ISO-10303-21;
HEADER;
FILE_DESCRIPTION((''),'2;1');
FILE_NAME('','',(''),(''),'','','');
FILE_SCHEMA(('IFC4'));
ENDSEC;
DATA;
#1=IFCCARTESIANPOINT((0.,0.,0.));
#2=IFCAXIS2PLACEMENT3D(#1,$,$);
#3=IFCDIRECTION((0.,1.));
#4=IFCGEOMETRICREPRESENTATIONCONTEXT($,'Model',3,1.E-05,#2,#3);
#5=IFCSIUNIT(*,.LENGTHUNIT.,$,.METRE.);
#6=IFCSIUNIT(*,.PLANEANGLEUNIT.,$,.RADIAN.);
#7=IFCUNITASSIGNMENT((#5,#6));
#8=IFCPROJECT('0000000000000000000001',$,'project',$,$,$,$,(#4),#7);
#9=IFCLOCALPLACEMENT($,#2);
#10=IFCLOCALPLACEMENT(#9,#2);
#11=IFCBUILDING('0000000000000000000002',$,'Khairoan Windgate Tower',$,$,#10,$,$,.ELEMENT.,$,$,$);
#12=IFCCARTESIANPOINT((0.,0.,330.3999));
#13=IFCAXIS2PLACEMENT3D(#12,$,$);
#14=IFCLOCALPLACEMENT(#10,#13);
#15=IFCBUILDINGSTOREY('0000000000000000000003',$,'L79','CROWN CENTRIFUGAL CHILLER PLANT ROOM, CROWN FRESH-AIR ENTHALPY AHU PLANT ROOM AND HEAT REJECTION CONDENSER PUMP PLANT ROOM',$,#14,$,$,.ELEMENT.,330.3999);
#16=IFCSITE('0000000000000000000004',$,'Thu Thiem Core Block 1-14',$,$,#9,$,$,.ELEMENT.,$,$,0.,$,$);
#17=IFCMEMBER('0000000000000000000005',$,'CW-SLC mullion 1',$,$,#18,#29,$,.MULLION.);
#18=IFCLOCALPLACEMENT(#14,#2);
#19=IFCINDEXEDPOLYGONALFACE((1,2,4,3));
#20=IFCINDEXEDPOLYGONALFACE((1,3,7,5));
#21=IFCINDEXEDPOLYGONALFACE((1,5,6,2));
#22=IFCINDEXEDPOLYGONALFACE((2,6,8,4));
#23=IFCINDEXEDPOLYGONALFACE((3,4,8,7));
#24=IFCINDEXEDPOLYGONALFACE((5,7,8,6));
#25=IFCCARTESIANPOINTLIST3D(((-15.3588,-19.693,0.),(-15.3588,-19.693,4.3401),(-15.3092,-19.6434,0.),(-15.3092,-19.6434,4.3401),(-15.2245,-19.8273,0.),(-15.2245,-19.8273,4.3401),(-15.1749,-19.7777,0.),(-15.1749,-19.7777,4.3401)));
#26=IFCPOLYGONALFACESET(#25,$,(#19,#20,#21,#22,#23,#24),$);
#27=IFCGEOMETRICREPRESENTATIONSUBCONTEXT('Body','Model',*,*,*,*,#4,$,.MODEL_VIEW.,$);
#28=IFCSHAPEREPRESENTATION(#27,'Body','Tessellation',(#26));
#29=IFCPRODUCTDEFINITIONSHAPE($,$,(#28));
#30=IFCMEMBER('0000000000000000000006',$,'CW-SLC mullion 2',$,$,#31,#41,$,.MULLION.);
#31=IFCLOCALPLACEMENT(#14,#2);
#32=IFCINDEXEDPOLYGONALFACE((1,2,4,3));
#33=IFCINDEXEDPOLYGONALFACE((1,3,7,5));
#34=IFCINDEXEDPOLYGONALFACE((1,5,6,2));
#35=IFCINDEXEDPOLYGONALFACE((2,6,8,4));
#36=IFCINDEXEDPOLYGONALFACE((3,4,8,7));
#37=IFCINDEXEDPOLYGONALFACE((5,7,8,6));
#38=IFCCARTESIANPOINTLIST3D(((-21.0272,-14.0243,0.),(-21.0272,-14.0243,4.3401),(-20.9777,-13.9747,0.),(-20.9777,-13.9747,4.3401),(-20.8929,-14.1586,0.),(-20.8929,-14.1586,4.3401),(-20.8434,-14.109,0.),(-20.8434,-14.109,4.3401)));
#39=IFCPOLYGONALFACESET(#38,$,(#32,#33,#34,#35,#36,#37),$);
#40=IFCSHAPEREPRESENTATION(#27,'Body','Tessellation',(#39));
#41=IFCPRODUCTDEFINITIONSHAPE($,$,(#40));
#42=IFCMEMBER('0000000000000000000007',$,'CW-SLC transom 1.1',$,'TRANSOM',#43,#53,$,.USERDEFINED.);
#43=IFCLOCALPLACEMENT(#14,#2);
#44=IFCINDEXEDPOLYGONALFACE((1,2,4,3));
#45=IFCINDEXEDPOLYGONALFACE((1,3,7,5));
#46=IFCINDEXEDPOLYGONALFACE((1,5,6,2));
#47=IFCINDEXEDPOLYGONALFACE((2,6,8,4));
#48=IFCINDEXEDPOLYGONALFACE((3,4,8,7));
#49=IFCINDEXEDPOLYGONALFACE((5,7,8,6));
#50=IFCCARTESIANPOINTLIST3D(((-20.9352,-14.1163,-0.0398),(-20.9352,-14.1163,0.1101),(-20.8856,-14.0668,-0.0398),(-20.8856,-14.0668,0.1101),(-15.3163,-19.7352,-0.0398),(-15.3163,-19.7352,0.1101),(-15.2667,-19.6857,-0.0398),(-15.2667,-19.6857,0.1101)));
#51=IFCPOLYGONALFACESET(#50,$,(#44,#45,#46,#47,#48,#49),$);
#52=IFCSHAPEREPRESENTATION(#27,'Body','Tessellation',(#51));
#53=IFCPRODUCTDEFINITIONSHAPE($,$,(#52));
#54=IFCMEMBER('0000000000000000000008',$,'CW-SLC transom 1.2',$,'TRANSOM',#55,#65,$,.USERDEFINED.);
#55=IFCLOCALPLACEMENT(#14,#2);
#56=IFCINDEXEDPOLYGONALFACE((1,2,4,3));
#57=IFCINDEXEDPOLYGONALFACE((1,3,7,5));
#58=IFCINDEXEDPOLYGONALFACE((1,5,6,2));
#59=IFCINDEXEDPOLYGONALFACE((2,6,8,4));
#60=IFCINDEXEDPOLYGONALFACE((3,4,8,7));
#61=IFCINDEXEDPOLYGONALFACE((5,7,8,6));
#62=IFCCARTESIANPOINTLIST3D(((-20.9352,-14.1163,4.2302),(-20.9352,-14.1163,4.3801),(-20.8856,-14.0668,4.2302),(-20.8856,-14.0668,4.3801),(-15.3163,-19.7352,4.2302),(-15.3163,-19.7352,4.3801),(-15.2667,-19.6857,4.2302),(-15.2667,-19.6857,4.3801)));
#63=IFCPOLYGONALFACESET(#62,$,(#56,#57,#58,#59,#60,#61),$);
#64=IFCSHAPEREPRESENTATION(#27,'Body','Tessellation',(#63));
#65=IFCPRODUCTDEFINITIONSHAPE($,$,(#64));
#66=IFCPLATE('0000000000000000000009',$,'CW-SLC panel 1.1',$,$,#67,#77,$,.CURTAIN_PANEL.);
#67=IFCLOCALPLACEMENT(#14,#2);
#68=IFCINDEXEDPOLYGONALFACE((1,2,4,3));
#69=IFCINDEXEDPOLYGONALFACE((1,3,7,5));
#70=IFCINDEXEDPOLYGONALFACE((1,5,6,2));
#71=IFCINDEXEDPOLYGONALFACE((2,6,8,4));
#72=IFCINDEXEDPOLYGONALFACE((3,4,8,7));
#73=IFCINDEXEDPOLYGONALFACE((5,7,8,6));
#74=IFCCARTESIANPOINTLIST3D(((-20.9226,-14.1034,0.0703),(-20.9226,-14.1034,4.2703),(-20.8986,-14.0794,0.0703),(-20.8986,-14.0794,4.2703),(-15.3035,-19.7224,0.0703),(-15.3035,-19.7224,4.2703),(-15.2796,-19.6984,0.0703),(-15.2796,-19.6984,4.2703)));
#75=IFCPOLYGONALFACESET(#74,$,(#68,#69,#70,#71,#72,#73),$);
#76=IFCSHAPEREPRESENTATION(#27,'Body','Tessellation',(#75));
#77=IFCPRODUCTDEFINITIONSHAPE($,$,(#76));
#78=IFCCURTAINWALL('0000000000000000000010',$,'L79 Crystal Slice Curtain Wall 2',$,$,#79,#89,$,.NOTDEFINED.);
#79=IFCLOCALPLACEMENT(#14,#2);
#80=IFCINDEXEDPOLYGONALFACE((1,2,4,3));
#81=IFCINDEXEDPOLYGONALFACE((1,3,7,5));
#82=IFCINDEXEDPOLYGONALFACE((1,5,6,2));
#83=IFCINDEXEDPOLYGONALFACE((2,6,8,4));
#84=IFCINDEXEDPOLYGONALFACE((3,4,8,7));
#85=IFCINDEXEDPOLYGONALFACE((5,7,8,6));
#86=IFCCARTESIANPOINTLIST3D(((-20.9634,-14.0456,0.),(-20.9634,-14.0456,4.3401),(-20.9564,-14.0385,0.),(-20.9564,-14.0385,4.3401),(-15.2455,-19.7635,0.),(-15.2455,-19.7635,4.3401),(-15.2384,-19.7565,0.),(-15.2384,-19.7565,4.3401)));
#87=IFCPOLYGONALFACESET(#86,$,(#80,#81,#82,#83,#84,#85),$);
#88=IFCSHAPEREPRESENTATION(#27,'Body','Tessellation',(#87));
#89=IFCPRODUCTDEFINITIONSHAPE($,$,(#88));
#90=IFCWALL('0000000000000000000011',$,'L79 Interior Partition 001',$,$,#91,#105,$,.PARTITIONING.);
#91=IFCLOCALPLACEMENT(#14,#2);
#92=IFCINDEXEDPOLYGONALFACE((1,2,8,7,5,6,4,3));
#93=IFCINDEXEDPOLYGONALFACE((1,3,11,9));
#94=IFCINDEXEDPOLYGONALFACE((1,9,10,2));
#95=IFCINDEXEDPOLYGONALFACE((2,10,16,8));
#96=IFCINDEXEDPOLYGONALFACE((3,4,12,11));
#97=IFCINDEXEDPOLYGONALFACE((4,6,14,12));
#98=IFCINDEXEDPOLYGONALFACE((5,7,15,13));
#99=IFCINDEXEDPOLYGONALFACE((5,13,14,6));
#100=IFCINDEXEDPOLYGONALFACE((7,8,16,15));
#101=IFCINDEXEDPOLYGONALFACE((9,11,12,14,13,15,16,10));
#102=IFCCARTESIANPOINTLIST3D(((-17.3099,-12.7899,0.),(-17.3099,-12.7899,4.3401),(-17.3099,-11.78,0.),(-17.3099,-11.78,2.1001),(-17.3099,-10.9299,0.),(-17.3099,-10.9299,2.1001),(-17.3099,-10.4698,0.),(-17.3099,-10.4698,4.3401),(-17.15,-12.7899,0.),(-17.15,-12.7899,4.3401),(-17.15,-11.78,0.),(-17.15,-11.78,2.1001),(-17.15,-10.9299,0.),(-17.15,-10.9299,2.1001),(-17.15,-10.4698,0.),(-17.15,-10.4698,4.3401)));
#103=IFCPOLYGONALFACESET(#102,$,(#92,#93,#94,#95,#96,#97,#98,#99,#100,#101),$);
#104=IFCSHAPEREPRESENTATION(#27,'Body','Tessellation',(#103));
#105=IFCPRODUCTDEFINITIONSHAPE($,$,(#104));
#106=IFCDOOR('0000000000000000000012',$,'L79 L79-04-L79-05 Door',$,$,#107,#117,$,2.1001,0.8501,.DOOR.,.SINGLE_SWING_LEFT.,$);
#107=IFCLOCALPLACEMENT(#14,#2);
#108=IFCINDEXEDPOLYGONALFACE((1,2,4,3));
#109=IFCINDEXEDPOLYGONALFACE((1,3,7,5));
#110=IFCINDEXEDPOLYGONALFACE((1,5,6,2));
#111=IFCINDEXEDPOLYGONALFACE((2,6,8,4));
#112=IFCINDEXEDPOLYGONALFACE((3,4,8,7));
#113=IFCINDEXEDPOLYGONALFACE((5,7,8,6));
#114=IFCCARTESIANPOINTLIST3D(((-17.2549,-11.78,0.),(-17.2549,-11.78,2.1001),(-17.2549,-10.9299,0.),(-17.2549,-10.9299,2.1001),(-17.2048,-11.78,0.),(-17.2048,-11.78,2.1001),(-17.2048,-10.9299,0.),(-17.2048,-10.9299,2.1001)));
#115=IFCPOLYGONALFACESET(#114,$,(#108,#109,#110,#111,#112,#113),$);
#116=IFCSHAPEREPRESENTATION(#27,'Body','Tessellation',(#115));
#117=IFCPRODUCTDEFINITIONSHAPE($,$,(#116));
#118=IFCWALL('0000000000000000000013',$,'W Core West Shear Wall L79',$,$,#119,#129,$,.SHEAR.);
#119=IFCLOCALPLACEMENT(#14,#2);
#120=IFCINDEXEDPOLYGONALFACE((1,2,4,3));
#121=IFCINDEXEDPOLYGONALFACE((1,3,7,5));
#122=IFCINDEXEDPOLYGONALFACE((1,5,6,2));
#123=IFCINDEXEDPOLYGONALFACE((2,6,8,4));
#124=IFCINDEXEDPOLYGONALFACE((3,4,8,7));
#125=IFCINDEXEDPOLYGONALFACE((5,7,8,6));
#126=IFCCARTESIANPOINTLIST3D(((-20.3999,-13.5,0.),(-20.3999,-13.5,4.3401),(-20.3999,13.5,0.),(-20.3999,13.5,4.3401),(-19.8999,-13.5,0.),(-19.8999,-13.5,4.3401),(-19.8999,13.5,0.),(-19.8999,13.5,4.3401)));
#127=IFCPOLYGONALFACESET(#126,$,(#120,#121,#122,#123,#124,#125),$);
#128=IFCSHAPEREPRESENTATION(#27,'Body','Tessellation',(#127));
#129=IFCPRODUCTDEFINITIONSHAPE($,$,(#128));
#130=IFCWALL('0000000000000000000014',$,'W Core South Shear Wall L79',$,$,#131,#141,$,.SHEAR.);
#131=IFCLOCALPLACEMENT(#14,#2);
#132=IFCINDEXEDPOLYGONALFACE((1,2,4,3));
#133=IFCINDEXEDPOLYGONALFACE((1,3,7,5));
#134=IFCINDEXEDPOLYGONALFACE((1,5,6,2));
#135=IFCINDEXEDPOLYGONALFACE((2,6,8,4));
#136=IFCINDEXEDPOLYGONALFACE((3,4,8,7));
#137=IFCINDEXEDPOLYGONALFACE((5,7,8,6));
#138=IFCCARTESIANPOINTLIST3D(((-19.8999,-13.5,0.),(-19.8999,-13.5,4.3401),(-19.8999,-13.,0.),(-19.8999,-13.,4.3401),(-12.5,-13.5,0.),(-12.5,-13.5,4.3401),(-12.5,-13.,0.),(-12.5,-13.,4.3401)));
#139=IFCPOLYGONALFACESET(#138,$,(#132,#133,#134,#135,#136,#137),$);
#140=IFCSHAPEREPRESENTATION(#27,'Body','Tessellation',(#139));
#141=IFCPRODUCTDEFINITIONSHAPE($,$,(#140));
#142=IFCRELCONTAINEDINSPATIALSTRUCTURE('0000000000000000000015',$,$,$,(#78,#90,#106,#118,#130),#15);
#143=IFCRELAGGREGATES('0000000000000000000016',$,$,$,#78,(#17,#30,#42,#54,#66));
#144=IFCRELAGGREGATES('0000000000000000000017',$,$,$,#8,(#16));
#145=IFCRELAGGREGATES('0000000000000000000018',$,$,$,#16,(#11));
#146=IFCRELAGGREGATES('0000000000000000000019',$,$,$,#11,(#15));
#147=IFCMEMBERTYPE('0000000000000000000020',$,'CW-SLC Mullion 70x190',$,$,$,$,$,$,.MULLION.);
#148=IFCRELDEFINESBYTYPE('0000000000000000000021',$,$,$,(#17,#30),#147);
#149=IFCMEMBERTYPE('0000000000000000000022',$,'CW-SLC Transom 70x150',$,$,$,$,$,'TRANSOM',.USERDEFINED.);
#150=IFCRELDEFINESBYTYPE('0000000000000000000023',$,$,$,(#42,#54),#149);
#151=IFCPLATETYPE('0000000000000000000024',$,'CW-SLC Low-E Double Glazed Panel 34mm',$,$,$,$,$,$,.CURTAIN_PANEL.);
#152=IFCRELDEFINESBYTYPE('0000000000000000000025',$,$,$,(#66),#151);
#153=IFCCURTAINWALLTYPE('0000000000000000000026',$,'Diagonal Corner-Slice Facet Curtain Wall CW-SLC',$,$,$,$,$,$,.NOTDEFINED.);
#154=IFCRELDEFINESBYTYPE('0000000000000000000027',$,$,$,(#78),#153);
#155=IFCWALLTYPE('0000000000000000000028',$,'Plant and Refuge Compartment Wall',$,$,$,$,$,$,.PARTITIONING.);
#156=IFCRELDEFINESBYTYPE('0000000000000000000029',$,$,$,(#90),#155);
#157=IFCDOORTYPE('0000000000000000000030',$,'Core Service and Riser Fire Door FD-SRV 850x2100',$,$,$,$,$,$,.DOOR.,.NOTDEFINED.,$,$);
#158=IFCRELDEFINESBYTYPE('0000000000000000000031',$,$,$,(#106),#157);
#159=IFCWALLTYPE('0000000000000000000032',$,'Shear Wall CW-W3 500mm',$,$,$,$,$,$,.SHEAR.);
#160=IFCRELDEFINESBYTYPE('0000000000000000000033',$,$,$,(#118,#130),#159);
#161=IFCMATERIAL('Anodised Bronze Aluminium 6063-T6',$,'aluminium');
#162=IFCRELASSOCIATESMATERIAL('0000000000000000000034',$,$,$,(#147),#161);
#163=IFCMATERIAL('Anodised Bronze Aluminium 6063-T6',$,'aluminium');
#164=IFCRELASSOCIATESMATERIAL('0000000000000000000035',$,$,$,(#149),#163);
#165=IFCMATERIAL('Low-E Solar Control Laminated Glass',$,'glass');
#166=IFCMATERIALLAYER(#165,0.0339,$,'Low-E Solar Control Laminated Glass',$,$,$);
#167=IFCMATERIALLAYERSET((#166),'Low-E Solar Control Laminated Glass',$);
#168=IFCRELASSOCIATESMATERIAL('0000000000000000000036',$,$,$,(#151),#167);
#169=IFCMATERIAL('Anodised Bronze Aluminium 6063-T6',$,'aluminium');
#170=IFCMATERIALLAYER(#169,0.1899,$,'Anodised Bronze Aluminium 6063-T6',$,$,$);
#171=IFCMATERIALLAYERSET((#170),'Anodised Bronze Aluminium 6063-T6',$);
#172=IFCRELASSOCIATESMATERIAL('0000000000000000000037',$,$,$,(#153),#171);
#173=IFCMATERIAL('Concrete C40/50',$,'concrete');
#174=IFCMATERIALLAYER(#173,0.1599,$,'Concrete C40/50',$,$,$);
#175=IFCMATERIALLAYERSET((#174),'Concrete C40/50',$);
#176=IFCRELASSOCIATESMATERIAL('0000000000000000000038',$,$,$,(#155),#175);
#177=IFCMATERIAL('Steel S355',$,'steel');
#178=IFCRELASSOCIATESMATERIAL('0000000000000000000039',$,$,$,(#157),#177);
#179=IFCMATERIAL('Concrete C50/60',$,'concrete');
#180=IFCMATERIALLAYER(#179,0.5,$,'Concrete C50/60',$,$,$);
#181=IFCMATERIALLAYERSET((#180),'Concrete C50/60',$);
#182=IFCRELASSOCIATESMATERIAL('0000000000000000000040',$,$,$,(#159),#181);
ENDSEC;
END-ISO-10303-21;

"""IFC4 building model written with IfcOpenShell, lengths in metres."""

from ifc_helpers import new_model, si_unit, direction, frame, frame_2d, origin, origin_2d, place, context, subcontext, project, spatial, rectangle, extrude, material, layer, layer_set, material_profile, profile_set, type_object, element, fill, aggregate, save


model = new_model("IFC4")

# Units and contexts
model_context = context("Model", 3, precision=1e-05, world=origin(), true_north=direction((0.0, 1.0)))
body_context = subcontext(model_context, "Body", "Model", "MODEL_VIEW")
ifc_project = project(units=[si_unit("LENGTHUNIT", "METRE"), si_unit("PLANEANGLEUNIT", "RADIAN")], contexts=[model_context])

# Site, building, storey
site_placement = place(None, origin())
site = spatial("IfcSite", under=ifc_project, at=site_placement, Name="Thu Thiem Core Block 1-14", CompositionType="ELEMENT", RefElevation=0.0)
building_placement = place(site_placement, origin())
building = spatial("IfcBuilding", under=site, at=building_placement, Name="Khairoan Windgate Tower", CompositionType="ELEMENT")
storey_placement = place(building_placement, frame((0.0, 0.0, 330.3999)))
storey = spatial("IfcBuildingStorey", under=building, at=storey_placement, Name="L79", Description="CROWN CENTRIFUGAL CHILLER PLANT ROOM, CROWN FRESH-AIR ENTHALPY AHU PLANT ROOM AND HEAT REJECTION CONDENSER PUMP PLANT ROOM", CompositionType="ELEMENT", Elevation=330.3999)

# Members
ifc_material_1 = material(Name="Anodised Bronze Aluminium 6063-T6", Category="aluminium")
ifc_material_profile_1 = material_profile(ifc_material_1, rectangle(XDim=0.0701, YDim=0.1899, at=origin_2d()))
ifc_profile_set_1 = profile_set([ifc_material_profile_1], Name="Anodised Bronze Aluminium 6063-T6")
member_type_1 = type_object("IfcMemberType", Name="CW-SLC Mullion 70x190", PredefinedType="MULLION", material=ifc_profile_set_1)
member_1_placement = place(storey_placement, frame((-15.2668, -19.7354, 0.0), z_axis=(0.0, 0.0, 1.0), x_axis=(-0.707107, -0.707107, 0.0)))
member_1 = element("IfcMember", 1, at=member_1_placement, type_object=member_type_1, Name="CW-SLC mullion 1", PredefinedType="MULLION", context=body_context, shape_type="SweptSolid", body=[
    extrude(rectangle(XDim=0.0701, YDim=0.1899, at=origin_2d()), origin(), (0.0, 0.0, 1.0), 4.3401),
])
member_2_placement = place(storey_placement, frame((-20.9353, -14.0667, 0.0), z_axis=(0.0, 0.0, 1.0), x_axis=(-0.707107, -0.707107, 0.0)))
member_2 = element("IfcMember", 2, at=member_2_placement, type_object=member_type_1, Name="CW-SLC mullion 2", PredefinedType="MULLION", context=body_context, shape_type="SweptSolid", body=[
    extrude(rectangle(XDim=0.0701, YDim=0.1899, at=origin_2d()), origin(), (0.0, 0.0, 1.0), 4.3401),
])
ifc_material_2 = material(Name="Anodised Bronze Aluminium 6063-T6", Category="aluminium")
ifc_material_profile_2 = material_profile(ifc_material_2, rectangle(XDim=0.0701, YDim=0.1499, at=origin_2d()))
ifc_profile_set_2 = profile_set([ifc_material_profile_2], Name="Anodised Bronze Aluminium 6063-T6")
member_type_2 = type_object("IfcMemberType", Name="CW-SLC Transom 70x150", ElementType="TRANSOM", PredefinedType="USERDEFINED", material=ifc_profile_set_2)
member_3_placement = place(storey_placement, frame((-15.2915, -19.7104, 0.0352), z_axis=(-0.707107, 0.707107, 0.0), x_axis=(-0.707107, -0.707107, 0.0)))
member_3 = element("IfcMember", 3, at=member_3_placement, type_object=member_type_2, Name="CW-SLC transom 1.1", ObjectType="TRANSOM", PredefinedType="USERDEFINED", context=body_context, shape_type="SweptSolid", body=[
    extrude(rectangle(XDim=0.0701, YDim=0.1499, at=origin_2d()), origin(), (0.0, 0.0, 1.0), 7.9463),
])
member_4_placement = place(storey_placement, frame((-15.2915, -19.7104, 4.3052), z_axis=(-0.707107, 0.707107, 0.0), x_axis=(-0.707107, -0.707107, 0.0)))
member_4 = element("IfcMember", 4, at=member_4_placement, type_object=member_type_2, Name="CW-SLC transom 1.2", ObjectType="TRANSOM", PredefinedType="USERDEFINED", context=body_context, shape_type="SweptSolid", body=[
    extrude(rectangle(XDim=0.0701, YDim=0.1499, at=origin_2d()), origin(), (0.0, 0.0, 1.0), 7.9463),
])

# Plate
ifc_material_3 = material(Name="Low-E Solar Control Laminated Glass", Category="glass")
ifc_layer_1 = layer(ifc_material_3, 0.0339, Name="Low-E Solar Control Laminated Glass")
ifc_layer_set_1 = layer_set([ifc_layer_1], Name="Low-E Solar Control Laminated Glass")
plate_type_1 = type_object("IfcPlateType", Name="CW-SLC Low-E Double Glazed Panel 34mm", PredefinedType="CURTAIN_PANEL", material=ifc_layer_set_1)
plate_1_placement = place(storey_placement, frame((-18.1011, -16.9009, 0.0703), z_axis=(0.0, 0.0, 1.0), x_axis=(-0.707107, 0.707107, 0.0)))
plate_1 = element("IfcPlate", 5, at=plate_1_placement, type_object=plate_type_1, Name="CW-SLC panel 1.1", PredefinedType="CURTAIN_PANEL", context=body_context, shape_type="SweptSolid", body=[
    extrude(rectangle(XDim=7.9465, YDim=0.0339, at=origin_2d()), origin(), (0.0, 0.0, 1.0), 4.2),
])

# Curtain wall
ifc_material_4 = material(Name="Anodised Bronze Aluminium 6063-T6", Category="aluminium")
ifc_layer_2 = layer(ifc_material_4, 0.1899, Name="Anodised Bronze Aluminium 6063-T6")
ifc_layer_set_2 = layer_set([ifc_layer_2], Name="Anodised Bronze Aluminium 6063-T6")
curtain_wall_type_1 = type_object("IfcCurtainWallType", Name="Diagonal Corner-Slice Facet Curtain Wall CW-SLC", PredefinedType="NOTDEFINED", material=ifc_layer_set_2)
curtain_wall_1_placement = place(storey_placement, frame((-15.2419, -19.76, 0.0), z_axis=(0.0, 0.0, 1.0), x_axis=(-0.707107, 0.707107, 0.0)))
curtain_wall_1 = element("IfcCurtainWall", 6, at=curtain_wall_1_placement, inside=storey, type_object=curtain_wall_type_1, Name="L79 Crystal Slice Curtain Wall 2", PredefinedType="NOTDEFINED", context=body_context, shape_type="SweptSolid", body=[
    extrude(rectangle(XDim=8.0864, YDim=0.01, at=frame_2d((4.0432, 0.0))), origin(), (0.0, 0.0, 1.0), 4.3401),
])
aggregate(curtain_wall_1, [member_1, member_2, member_3, member_4, plate_1])

# Wall, opening, door
ifc_material_5 = material(Name="Concrete C40/50", Category="concrete")
ifc_layer_3 = layer(ifc_material_5, 0.1599, Name="Concrete C40/50")
ifc_layer_set_3 = layer_set([ifc_layer_3], Name="Concrete C40/50")
wall_type_1 = type_object("IfcWallType", Name="Plant and Refuge Compartment Wall", PredefinedType="PARTITIONING", material=ifc_layer_set_3)
wall_1_placement = place(storey_placement, frame((-17.23, -12.79, 0.0), z_axis=(0.0, 0.0, 1.0), x_axis=(0.0, 1.0, 0.0)))
wall_1 = element("IfcWall", 7, at=wall_1_placement, inside=storey, type_object=wall_type_1, Name="L79 Interior Partition 001", PredefinedType="PARTITIONING", context=body_context, shape_type="SweptSolid", body=[
    extrude(rectangle(XDim=2.3201, YDim=0.1599, at=frame_2d((1.1602, 0.0))), origin(), (0.0, 0.0, 1.0), 4.3401),
])
opening_1_placement = place(wall_1_placement, frame((1.01, 0.0, 0.0)))
opening_1 = element("IfcOpeningElement", 8, at=opening_1_placement, cuts=wall_1, PredefinedType="OPENING", context=body_context, shape_type="SweptSolid", body=[
    extrude(rectangle(XDim=0.8501, YDim=2.1001, at=frame_2d((0.425, 1.05))), frame((0.0, 0.0898, 0.0), z_axis=(0.0, -1.0, 0.0), x_axis=(1.0, 0.0, 0.0)), (0.0, 0.0, 1.0), 0.1799),
])
ifc_material_6 = material(Name="Steel S355", Category="steel")
door_type_1 = type_object("IfcDoorType", Name="Core Service and Riser Fire Door FD-SRV 850x2100", OperationType="NOTDEFINED", PredefinedType="DOOR", material=ifc_material_6)
door_1_placement = place(opening_1_placement, origin())
door_1 = element("IfcDoor", 9, at=door_1_placement, inside=storey, type_object=door_type_1, Name="L79 L79-04-L79-05 Door", OperationType="SINGLE_SWING_LEFT", OverallHeight=2.1001, OverallWidth=0.8501, PredefinedType="DOOR", context=body_context, shape_type="SweptSolid", body=[
    extrude(rectangle(XDim=0.8501, YDim=2.1001, at=frame_2d((0.425, 1.05))), frame((0.0, 0.0249, 0.0), z_axis=(0.0, -1.0, 0.0), x_axis=(1.0, 0.0, 0.0)), (0.0, 0.0, 1.0), 0.05),
])
fill(opening_1, door_1)

# Walls
ifc_material_7 = material(Name="Concrete C50/60", Category="concrete")
ifc_layer_4 = layer(ifc_material_7, 0.5, Name="Concrete C50/60")
ifc_layer_set_4 = layer_set([ifc_layer_4], Name="Concrete C50/60")
wall_type_2 = type_object("IfcWallType", Name="Shear Wall CW-W3 500mm", PredefinedType="SHEAR", material=ifc_layer_set_4)
wall_2_placement = place(storey_placement, frame((-20.1499, -13.5, 0.0), z_axis=(0.0, 0.0, 1.0), x_axis=(0.0, 1.0, 0.0)))
element("IfcWall", 10, at=wall_2_placement, inside=storey, type_object=wall_type_2, Name="W Core West Shear Wall L79", PredefinedType="SHEAR", context=body_context, shape_type="SweptSolid", body=[
    extrude(rectangle(XDim=27.0, YDim=0.5, at=frame_2d((13.5, 0.0))), origin(), (0.0, 0.0, 1.0), 4.3401),
])
wall_3_placement = place(storey_placement, frame((-19.8999, -13.25, 0.0), z_axis=(0.0, 0.0, 1.0), x_axis=(1.0, 0.0, 0.0)))
element("IfcWall", 11, at=wall_3_placement, inside=storey, type_object=wall_type_2, Name="W Core South Shear Wall L79", PredefinedType="SHEAR", context=body_context, shape_type="SweptSolid", body=[
    extrude(rectangle(XDim=7.3999, YDim=0.5, at=frame_2d((3.7, 0.0))), origin(), (0.0, 0.0, 1.0), 4.3401),
])

save(model, "model.ifc")
